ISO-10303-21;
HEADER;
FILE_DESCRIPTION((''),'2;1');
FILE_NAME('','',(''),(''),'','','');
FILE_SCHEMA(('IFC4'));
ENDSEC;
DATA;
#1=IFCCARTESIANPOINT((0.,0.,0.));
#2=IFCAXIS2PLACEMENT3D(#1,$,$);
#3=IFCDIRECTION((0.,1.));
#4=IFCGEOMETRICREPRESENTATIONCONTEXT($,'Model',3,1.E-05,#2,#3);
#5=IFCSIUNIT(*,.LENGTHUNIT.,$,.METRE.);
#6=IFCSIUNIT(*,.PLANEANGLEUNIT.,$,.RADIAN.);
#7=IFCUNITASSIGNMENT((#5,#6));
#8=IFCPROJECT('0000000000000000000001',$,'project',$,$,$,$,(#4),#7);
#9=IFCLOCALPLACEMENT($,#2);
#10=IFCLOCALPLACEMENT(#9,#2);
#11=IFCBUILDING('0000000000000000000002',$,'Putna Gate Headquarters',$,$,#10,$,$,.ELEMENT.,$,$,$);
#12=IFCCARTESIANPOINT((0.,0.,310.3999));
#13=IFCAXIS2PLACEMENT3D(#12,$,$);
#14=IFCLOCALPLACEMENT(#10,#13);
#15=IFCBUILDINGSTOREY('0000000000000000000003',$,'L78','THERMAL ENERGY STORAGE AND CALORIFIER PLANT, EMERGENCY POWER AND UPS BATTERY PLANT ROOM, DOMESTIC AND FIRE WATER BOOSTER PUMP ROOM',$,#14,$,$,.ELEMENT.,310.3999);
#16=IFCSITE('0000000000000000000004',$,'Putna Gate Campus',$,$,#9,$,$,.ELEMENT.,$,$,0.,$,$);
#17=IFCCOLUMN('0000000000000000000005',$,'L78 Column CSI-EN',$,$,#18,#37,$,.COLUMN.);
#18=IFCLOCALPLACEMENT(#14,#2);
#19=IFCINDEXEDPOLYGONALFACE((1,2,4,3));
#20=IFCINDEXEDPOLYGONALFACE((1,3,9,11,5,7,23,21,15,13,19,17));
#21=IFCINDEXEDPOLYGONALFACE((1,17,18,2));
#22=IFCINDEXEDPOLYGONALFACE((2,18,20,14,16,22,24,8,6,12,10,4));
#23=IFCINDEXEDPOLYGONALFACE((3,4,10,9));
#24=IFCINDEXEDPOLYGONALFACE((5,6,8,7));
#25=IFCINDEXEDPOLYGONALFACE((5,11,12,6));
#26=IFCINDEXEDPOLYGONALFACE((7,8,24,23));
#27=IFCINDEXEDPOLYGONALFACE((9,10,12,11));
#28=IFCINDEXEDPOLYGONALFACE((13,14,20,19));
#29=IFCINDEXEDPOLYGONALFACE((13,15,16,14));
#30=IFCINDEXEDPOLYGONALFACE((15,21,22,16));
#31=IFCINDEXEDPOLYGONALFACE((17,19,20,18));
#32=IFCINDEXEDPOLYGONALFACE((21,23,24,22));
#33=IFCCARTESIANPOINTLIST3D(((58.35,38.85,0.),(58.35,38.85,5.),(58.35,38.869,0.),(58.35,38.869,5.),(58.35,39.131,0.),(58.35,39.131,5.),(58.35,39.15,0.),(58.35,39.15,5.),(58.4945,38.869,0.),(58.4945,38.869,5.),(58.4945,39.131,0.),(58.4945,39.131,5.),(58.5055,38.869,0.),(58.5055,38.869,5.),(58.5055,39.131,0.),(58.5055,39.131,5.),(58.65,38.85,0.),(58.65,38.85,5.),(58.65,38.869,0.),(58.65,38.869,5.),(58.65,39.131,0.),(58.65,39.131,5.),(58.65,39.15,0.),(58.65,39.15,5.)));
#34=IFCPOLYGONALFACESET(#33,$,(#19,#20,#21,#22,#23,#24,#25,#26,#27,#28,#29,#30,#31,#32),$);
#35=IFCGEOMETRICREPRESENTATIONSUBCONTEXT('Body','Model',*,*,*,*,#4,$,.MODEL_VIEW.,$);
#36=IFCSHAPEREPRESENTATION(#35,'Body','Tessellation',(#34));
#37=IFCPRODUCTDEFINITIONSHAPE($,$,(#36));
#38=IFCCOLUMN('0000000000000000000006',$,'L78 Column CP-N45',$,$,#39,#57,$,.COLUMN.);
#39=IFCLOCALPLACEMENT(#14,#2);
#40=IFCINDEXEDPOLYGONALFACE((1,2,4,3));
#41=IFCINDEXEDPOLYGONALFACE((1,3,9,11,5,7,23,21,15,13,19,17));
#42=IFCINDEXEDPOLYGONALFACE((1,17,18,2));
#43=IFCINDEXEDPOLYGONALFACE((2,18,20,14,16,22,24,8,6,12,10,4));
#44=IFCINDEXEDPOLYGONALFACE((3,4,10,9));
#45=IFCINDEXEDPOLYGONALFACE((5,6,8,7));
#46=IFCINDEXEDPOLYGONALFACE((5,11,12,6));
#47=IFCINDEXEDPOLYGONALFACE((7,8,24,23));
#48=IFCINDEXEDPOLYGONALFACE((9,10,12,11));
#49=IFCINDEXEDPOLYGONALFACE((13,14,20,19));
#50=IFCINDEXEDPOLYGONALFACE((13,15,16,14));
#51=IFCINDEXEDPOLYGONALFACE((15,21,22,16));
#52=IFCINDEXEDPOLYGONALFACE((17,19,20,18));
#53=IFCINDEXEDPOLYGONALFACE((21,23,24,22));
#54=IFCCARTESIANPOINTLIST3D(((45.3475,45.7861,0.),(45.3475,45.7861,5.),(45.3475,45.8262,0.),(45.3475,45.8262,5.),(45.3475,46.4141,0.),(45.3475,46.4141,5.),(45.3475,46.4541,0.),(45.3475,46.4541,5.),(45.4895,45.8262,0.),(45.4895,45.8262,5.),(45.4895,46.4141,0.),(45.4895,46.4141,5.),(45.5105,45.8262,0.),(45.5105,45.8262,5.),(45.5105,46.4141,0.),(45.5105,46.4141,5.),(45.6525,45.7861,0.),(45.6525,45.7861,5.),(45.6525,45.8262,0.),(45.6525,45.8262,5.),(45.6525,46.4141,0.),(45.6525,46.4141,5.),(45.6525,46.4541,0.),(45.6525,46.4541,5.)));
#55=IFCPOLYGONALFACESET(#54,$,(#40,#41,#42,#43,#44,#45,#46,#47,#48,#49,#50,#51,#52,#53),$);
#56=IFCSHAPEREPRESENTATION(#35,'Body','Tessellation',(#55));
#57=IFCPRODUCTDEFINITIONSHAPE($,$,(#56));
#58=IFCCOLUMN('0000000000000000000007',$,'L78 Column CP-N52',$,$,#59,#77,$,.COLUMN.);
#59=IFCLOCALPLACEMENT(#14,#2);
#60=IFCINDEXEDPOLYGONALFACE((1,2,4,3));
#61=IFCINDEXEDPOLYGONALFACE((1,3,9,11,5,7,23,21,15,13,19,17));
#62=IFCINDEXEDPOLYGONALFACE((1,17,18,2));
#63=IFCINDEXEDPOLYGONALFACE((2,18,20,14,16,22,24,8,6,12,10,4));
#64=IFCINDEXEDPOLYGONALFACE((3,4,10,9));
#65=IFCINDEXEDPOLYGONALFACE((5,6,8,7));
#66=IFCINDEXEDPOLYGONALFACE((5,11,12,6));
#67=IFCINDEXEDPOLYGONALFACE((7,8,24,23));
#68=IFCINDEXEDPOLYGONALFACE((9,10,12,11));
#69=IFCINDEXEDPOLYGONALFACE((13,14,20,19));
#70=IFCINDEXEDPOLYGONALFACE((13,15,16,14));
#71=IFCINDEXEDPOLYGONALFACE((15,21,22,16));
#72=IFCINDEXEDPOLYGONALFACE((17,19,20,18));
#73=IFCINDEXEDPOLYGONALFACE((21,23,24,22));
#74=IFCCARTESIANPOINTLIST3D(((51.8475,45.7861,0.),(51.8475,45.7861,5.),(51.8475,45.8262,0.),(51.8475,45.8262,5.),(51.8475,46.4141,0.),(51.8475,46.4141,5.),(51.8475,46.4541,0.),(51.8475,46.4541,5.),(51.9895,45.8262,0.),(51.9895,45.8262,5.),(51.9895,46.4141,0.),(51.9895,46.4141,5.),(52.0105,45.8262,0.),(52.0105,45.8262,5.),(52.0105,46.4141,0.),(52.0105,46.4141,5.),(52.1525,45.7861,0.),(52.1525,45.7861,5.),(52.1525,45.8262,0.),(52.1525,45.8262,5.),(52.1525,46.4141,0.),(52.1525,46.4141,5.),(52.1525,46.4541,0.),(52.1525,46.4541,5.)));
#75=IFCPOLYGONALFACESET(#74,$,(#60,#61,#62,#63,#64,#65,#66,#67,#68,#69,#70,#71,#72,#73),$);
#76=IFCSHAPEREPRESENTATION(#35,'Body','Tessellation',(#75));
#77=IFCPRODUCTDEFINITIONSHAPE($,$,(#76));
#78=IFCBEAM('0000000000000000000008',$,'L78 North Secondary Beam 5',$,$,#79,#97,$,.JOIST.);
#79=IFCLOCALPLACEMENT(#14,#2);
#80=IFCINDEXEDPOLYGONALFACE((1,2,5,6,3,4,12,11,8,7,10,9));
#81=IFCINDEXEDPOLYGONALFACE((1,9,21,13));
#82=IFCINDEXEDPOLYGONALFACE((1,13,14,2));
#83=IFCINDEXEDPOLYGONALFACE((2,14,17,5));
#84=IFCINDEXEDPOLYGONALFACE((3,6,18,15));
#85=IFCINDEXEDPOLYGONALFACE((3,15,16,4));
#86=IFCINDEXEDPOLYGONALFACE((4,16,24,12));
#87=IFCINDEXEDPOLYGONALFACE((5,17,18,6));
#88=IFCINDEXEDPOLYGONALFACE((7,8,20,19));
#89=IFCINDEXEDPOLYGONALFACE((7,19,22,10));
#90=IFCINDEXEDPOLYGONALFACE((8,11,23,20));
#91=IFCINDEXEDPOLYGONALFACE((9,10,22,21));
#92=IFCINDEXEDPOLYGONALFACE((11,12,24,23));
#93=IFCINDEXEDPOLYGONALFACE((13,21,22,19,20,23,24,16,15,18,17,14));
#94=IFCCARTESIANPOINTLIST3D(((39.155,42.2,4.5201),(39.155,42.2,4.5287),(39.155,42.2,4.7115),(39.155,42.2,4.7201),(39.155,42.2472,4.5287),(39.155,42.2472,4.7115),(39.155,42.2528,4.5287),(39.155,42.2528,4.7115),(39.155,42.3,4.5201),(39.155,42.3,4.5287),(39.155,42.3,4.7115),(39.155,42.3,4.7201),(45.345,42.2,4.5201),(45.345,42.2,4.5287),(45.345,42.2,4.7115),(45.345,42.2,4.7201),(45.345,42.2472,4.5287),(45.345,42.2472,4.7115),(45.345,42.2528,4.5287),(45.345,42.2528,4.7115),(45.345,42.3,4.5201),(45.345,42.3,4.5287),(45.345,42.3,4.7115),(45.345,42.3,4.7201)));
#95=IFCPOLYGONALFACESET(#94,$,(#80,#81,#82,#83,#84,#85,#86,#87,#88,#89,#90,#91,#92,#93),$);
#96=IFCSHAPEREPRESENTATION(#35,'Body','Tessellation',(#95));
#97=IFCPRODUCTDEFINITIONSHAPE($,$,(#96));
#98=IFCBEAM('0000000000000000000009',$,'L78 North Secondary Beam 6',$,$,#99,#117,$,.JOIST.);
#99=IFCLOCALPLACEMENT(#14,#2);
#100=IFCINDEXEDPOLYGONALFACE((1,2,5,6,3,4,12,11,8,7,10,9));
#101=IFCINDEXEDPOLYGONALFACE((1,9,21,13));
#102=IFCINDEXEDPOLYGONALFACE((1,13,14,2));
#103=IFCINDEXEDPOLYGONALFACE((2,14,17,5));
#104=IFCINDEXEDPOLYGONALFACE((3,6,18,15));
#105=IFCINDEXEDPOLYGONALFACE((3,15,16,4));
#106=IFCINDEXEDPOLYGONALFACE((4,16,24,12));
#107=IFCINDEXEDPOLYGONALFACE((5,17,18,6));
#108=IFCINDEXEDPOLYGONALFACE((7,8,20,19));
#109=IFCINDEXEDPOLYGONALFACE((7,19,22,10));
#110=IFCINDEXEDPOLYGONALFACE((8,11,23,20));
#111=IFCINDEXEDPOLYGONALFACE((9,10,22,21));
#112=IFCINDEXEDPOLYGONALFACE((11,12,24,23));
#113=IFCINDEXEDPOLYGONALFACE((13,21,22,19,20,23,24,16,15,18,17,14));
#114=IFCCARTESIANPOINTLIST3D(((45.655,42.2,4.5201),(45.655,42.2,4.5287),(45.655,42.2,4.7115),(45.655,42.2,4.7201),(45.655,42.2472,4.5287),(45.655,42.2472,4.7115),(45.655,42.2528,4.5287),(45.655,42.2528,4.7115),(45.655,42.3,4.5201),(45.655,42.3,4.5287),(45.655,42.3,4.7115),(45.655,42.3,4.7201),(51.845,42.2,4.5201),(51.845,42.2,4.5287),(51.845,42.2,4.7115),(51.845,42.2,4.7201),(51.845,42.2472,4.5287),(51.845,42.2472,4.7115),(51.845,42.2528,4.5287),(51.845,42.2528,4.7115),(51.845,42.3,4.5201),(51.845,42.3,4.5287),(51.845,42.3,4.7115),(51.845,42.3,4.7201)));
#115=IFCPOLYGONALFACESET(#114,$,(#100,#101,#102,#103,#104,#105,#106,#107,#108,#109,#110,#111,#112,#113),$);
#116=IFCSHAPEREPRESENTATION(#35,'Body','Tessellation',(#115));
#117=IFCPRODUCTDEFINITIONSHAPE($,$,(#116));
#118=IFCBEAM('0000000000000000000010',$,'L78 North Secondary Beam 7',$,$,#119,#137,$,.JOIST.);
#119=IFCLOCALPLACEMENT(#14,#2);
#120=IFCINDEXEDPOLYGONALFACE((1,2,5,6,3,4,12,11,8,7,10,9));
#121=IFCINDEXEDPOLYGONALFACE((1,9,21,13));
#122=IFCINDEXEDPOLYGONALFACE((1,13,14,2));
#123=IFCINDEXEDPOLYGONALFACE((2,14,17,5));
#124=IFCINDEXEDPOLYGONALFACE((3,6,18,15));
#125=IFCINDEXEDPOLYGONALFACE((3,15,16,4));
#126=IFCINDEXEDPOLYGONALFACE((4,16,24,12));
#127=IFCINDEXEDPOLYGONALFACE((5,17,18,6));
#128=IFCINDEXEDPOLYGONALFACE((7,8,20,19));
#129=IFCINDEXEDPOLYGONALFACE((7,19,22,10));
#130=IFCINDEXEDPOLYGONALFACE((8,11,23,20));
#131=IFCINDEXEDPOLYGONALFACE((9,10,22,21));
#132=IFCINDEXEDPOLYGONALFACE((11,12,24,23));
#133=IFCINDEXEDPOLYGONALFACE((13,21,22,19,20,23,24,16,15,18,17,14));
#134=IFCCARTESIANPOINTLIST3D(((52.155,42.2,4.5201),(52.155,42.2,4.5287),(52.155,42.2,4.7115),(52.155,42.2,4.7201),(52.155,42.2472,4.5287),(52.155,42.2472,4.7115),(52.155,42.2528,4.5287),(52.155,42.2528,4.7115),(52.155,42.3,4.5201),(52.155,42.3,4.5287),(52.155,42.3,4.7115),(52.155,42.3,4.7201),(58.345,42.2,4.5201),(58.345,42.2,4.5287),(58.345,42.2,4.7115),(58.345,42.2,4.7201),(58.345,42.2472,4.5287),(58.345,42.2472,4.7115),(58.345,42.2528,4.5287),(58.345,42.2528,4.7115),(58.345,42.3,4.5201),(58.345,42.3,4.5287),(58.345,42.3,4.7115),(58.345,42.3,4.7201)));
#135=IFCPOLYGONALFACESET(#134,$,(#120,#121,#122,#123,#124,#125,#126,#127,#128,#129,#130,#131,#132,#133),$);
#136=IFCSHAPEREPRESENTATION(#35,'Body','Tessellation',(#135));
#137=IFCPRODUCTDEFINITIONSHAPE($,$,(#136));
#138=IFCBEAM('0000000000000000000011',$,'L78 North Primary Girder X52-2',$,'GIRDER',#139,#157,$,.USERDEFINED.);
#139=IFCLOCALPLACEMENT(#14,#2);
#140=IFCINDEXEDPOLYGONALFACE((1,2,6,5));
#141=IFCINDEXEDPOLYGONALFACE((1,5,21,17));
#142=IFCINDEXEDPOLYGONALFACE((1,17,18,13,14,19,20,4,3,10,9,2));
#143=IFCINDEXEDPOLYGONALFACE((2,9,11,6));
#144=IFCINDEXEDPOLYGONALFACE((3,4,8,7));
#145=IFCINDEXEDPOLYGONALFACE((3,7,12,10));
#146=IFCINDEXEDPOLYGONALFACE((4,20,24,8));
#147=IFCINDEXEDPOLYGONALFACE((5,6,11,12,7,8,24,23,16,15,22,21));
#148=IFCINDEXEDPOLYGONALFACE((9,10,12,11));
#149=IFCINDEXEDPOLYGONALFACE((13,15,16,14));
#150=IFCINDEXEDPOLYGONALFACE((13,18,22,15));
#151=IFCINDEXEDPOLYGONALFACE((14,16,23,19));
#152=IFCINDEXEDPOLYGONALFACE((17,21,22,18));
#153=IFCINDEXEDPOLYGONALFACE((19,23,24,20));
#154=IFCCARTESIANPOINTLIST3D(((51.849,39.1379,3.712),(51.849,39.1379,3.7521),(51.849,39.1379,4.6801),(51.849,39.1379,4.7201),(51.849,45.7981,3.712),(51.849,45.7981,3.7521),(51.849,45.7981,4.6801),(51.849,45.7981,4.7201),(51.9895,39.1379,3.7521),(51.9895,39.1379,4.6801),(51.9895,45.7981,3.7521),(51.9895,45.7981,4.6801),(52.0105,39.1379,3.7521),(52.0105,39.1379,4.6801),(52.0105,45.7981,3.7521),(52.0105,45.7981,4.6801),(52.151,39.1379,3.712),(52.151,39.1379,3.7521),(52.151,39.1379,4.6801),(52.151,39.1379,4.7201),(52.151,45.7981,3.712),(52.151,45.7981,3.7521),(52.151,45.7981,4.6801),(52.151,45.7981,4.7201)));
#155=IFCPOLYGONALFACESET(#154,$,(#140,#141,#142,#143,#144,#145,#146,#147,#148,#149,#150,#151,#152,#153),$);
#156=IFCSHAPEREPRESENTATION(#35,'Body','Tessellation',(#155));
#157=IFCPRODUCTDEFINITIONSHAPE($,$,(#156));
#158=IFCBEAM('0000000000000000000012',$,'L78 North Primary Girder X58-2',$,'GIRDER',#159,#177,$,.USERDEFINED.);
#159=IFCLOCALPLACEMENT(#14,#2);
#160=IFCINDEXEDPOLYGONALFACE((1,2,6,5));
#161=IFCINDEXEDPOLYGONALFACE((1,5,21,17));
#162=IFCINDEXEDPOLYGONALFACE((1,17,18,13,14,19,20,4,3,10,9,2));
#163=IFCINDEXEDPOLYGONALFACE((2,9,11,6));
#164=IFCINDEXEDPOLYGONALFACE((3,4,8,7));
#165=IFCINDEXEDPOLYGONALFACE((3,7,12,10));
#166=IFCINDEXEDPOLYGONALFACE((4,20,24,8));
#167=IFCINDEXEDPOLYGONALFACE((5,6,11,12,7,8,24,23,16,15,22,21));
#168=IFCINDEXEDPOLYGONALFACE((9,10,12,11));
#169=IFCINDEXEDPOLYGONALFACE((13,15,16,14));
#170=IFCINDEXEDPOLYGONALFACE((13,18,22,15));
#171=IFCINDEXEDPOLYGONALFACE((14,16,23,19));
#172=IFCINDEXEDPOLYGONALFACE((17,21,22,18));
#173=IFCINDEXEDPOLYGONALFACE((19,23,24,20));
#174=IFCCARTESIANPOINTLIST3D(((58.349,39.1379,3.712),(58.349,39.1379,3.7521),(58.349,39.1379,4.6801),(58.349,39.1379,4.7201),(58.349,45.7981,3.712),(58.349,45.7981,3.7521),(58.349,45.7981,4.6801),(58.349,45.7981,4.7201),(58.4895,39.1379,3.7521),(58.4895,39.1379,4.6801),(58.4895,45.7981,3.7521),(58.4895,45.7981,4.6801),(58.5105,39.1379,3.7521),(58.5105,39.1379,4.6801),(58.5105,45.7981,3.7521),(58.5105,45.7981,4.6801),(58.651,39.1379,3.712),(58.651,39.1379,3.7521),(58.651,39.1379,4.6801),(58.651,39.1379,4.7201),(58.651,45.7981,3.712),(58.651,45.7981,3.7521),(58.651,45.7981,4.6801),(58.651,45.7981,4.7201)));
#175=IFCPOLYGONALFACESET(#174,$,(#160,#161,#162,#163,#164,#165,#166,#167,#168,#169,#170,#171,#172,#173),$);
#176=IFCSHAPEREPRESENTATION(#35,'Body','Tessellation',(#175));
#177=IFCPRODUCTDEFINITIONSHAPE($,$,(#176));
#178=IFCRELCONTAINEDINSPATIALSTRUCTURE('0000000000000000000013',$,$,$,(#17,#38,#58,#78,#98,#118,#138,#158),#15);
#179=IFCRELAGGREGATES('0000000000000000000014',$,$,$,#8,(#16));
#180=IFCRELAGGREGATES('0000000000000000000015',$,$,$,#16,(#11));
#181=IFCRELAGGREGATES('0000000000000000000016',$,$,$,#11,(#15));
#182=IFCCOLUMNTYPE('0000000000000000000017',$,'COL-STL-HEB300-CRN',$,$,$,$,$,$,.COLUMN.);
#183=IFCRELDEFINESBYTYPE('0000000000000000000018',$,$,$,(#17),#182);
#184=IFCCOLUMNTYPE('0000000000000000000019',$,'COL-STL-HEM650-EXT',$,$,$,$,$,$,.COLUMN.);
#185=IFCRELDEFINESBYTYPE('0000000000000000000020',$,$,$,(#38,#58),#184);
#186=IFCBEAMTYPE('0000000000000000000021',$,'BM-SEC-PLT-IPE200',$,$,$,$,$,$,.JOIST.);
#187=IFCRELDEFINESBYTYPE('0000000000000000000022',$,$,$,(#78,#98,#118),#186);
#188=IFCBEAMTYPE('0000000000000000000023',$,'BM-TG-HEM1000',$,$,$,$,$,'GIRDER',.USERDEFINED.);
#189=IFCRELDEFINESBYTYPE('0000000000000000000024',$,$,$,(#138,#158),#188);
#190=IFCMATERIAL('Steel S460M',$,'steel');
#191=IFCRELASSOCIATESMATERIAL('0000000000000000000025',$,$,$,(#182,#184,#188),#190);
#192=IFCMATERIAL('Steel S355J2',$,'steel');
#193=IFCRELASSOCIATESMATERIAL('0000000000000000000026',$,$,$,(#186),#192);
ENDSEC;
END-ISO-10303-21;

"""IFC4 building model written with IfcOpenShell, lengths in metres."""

from ifc_helpers import new_model, si_unit, direction, frame, origin, origin_2d, place, context, subcontext, project, spatial, i_section, extrude, material, material_profile, profile_set, type_object, element, save


model = new_model("IFC4")

# Units and contexts
model_context = context("Model", 3, precision=1e-05, world=origin(), true_north=direction((0.0, 1.0)))
body_context = subcontext(model_context, "Body", "Model", "MODEL_VIEW")
ifc_project = project(units=[si_unit("LENGTHUNIT", "METRE"), si_unit("PLANEANGLEUNIT", "RADIAN")], contexts=[model_context])

# Site, building, storey
site_placement = place(None, origin())
site = spatial("IfcSite", under=ifc_project, at=site_placement, Name="Putna Gate Campus", CompositionType="ELEMENT", RefElevation=0.0)
building_placement = place(site_placement, origin())
building = spatial("IfcBuilding", under=site, at=building_placement, Name="Putna Gate Headquarters", CompositionType="ELEMENT")
storey_placement = place(building_placement, frame((0.0, 0.0, 310.3999)))
storey = spatial("IfcBuildingStorey", under=building, at=storey_placement, Name="L78", Description="THERMAL ENERGY STORAGE AND CALORIFIER PLANT, EMERGENCY POWER AND UPS BATTERY PLANT ROOM, DOMESTIC AND FIRE WATER BOOSTER PUMP ROOM", CompositionType="ELEMENT", Elevation=310.3999)

# Columns
ifc_material_1 = material(Name="Steel S460M", Category="steel")
ifc_material_profile_1 = material_profile(ifc_material_1, i_section(OverallWidth=0.3, OverallDepth=0.3, WebThickness=0.011, FlangeThickness=0.019, at=origin_2d()), Name="Steel S460M")
ifc_profile_set_1 = profile_set([ifc_material_profile_1], Name="Steel S460M")
column_type_1 = type_object("IfcColumnType", Name="COL-STL-HEB300-CRN", PredefinedType="COLUMN", material=ifc_profile_set_1)
column_placement = place(storey_placement, frame((58.5, 39.0, 0.0), z_axis=(0.0, 0.0, 1.0), x_axis=(1.0, 0.0, 0.0)))
element("IfcColumn", 1, at=column_placement, inside=storey, type_object=column_type_1, Name="L78 Column CSI-EN", PredefinedType="COLUMN", context=body_context, shape_type="SweptSolid", body=[
    extrude(i_section(OverallWidth=0.3, OverallDepth=0.3, WebThickness=0.011, FlangeThickness=0.019, at=origin_2d()), origin(), (0.0, 0.0, 1.0), 5.0),
])
ifc_material_profile_2 = material_profile(ifc_material_1, i_section(OverallWidth=0.3049, OverallDepth=0.668, WebThickness=0.021, FlangeThickness=0.04, at=origin_2d()), Name="Steel S460M")
ifc_profile_set_2 = profile_set([ifc_material_profile_2], Name="Steel S460M")
column_type_2 = type_object("IfcColumnType", Name="COL-STL-HEM650-EXT", PredefinedType="COLUMN", material=ifc_profile_set_2)
for number, where, z_axis, x_axis, name in (
    (2, (45.5, 46.1201, 0.0), (0.0, 0.0, 1.0), (1.0, 0.0, 0.0), "L78 Column CP-N45"),
    (3, (52.0, 46.1201, 0.0), (0.0, 0.0, 1.0), (1.0, 0.0, 0.0), "L78 Column CP-N52"),
):
    element("IfcColumn", number, at=place(storey_placement, frame(where, z_axis=z_axis, x_axis=x_axis)), inside=storey, type_object=column_type_2, Name=name, PredefinedType="COLUMN", context=body_context, shape_type="SweptSolid", body=[
        extrude(i_section(OverallWidth=0.3049, OverallDepth=0.668, WebThickness=0.021, FlangeThickness=0.04, at=origin_2d()), origin(), (0.0, 0.0, 1.0), 5.0),
    ])

# Beams
ifc_material_2 = material(Name="Steel S355J2", Category="steel")
ifc_material_profile_3 = material_profile(ifc_material_2, i_section(OverallWidth=0.1001, OverallDepth=0.2, WebThickness=0.0056, FlangeThickness=0.0085, at=origin_2d()), Name="Steel S355J2")
ifc_profile_set_3 = profile_set([ifc_material_profile_3], Name="Steel S355J2")
beam_type_1 = type_object("IfcBeamType", Name="BM-SEC-PLT-IPE200", PredefinedType="JOIST", material=ifc_profile_set_3)
for number, where, z_axis, x_axis, name in (
    (4, (39.155, 42.25, 4.6201), (1.0, 0.0, 0.0), (0.0, 1.0, 0.0), "L78 North Secondary Beam 5"),
    (5, (45.655, 42.25, 4.6201), (1.0, 0.0, 0.0), (0.0, 1.0, 0.0), "L78 North Secondary Beam 6"),
    (6, (52.155, 42.25, 4.6201), (1.0, 0.0, 0.0), (0.0, 1.0, 0.0), "L78 North Secondary Beam 7"),
):
    element("IfcBeam", number, at=place(storey_placement, frame(where, z_axis=z_axis, x_axis=x_axis)), inside=storey, type_object=beam_type_1, Name=name, PredefinedType="JOIST", context=body_context, shape_type="SweptSolid", body=[
        extrude(i_section(OverallWidth=0.1001, OverallDepth=0.2, WebThickness=0.0056, FlangeThickness=0.0085, at=origin_2d()), origin(), (0.0, 0.0, 1.0), 6.1899),
    ])
ifc_material_profile_4 = material_profile(ifc_material_1, i_section(OverallWidth=0.302, OverallDepth=1.0081, WebThickness=0.021, FlangeThickness=0.04, at=origin_2d()), Name="Steel S460M")
ifc_profile_set_4 = profile_set([ifc_material_profile_4], Name="Steel S460M")
beam_type_2 = type_object("IfcBeamType", Name="BM-TG-HEM1000", ElementType="GIRDER", PredefinedType="USERDEFINED", material=ifc_profile_set_4)
for number, where, z_axis, x_axis, name in (
    (7, (52.0, 39.1379, 4.2161), (0.0, 1.0, 0.0), (-1.0, 0.0, 0.0), "L78 North Primary Girder X52-2"),
    (8, (58.5, 39.1379, 4.2161), (0.0, 1.0, 0.0), (-1.0, 0.0, 0.0), "L78 North Primary Girder X58-2"),
):
    element("IfcBeam", number, at=place(storey_placement, frame(where, z_axis=z_axis, x_axis=x_axis)), inside=storey, type_object=beam_type_2, Name=name, ObjectType="GIRDER", PredefinedType="USERDEFINED", context=body_context, shape_type="SweptSolid", body=[
        extrude(i_section(OverallWidth=0.302, OverallDepth=1.0081, WebThickness=0.021, FlangeThickness=0.04, at=origin_2d()), origin(), (0.0, 0.0, 1.0), 6.6602),
    ])

save(model, "model.ifc")
